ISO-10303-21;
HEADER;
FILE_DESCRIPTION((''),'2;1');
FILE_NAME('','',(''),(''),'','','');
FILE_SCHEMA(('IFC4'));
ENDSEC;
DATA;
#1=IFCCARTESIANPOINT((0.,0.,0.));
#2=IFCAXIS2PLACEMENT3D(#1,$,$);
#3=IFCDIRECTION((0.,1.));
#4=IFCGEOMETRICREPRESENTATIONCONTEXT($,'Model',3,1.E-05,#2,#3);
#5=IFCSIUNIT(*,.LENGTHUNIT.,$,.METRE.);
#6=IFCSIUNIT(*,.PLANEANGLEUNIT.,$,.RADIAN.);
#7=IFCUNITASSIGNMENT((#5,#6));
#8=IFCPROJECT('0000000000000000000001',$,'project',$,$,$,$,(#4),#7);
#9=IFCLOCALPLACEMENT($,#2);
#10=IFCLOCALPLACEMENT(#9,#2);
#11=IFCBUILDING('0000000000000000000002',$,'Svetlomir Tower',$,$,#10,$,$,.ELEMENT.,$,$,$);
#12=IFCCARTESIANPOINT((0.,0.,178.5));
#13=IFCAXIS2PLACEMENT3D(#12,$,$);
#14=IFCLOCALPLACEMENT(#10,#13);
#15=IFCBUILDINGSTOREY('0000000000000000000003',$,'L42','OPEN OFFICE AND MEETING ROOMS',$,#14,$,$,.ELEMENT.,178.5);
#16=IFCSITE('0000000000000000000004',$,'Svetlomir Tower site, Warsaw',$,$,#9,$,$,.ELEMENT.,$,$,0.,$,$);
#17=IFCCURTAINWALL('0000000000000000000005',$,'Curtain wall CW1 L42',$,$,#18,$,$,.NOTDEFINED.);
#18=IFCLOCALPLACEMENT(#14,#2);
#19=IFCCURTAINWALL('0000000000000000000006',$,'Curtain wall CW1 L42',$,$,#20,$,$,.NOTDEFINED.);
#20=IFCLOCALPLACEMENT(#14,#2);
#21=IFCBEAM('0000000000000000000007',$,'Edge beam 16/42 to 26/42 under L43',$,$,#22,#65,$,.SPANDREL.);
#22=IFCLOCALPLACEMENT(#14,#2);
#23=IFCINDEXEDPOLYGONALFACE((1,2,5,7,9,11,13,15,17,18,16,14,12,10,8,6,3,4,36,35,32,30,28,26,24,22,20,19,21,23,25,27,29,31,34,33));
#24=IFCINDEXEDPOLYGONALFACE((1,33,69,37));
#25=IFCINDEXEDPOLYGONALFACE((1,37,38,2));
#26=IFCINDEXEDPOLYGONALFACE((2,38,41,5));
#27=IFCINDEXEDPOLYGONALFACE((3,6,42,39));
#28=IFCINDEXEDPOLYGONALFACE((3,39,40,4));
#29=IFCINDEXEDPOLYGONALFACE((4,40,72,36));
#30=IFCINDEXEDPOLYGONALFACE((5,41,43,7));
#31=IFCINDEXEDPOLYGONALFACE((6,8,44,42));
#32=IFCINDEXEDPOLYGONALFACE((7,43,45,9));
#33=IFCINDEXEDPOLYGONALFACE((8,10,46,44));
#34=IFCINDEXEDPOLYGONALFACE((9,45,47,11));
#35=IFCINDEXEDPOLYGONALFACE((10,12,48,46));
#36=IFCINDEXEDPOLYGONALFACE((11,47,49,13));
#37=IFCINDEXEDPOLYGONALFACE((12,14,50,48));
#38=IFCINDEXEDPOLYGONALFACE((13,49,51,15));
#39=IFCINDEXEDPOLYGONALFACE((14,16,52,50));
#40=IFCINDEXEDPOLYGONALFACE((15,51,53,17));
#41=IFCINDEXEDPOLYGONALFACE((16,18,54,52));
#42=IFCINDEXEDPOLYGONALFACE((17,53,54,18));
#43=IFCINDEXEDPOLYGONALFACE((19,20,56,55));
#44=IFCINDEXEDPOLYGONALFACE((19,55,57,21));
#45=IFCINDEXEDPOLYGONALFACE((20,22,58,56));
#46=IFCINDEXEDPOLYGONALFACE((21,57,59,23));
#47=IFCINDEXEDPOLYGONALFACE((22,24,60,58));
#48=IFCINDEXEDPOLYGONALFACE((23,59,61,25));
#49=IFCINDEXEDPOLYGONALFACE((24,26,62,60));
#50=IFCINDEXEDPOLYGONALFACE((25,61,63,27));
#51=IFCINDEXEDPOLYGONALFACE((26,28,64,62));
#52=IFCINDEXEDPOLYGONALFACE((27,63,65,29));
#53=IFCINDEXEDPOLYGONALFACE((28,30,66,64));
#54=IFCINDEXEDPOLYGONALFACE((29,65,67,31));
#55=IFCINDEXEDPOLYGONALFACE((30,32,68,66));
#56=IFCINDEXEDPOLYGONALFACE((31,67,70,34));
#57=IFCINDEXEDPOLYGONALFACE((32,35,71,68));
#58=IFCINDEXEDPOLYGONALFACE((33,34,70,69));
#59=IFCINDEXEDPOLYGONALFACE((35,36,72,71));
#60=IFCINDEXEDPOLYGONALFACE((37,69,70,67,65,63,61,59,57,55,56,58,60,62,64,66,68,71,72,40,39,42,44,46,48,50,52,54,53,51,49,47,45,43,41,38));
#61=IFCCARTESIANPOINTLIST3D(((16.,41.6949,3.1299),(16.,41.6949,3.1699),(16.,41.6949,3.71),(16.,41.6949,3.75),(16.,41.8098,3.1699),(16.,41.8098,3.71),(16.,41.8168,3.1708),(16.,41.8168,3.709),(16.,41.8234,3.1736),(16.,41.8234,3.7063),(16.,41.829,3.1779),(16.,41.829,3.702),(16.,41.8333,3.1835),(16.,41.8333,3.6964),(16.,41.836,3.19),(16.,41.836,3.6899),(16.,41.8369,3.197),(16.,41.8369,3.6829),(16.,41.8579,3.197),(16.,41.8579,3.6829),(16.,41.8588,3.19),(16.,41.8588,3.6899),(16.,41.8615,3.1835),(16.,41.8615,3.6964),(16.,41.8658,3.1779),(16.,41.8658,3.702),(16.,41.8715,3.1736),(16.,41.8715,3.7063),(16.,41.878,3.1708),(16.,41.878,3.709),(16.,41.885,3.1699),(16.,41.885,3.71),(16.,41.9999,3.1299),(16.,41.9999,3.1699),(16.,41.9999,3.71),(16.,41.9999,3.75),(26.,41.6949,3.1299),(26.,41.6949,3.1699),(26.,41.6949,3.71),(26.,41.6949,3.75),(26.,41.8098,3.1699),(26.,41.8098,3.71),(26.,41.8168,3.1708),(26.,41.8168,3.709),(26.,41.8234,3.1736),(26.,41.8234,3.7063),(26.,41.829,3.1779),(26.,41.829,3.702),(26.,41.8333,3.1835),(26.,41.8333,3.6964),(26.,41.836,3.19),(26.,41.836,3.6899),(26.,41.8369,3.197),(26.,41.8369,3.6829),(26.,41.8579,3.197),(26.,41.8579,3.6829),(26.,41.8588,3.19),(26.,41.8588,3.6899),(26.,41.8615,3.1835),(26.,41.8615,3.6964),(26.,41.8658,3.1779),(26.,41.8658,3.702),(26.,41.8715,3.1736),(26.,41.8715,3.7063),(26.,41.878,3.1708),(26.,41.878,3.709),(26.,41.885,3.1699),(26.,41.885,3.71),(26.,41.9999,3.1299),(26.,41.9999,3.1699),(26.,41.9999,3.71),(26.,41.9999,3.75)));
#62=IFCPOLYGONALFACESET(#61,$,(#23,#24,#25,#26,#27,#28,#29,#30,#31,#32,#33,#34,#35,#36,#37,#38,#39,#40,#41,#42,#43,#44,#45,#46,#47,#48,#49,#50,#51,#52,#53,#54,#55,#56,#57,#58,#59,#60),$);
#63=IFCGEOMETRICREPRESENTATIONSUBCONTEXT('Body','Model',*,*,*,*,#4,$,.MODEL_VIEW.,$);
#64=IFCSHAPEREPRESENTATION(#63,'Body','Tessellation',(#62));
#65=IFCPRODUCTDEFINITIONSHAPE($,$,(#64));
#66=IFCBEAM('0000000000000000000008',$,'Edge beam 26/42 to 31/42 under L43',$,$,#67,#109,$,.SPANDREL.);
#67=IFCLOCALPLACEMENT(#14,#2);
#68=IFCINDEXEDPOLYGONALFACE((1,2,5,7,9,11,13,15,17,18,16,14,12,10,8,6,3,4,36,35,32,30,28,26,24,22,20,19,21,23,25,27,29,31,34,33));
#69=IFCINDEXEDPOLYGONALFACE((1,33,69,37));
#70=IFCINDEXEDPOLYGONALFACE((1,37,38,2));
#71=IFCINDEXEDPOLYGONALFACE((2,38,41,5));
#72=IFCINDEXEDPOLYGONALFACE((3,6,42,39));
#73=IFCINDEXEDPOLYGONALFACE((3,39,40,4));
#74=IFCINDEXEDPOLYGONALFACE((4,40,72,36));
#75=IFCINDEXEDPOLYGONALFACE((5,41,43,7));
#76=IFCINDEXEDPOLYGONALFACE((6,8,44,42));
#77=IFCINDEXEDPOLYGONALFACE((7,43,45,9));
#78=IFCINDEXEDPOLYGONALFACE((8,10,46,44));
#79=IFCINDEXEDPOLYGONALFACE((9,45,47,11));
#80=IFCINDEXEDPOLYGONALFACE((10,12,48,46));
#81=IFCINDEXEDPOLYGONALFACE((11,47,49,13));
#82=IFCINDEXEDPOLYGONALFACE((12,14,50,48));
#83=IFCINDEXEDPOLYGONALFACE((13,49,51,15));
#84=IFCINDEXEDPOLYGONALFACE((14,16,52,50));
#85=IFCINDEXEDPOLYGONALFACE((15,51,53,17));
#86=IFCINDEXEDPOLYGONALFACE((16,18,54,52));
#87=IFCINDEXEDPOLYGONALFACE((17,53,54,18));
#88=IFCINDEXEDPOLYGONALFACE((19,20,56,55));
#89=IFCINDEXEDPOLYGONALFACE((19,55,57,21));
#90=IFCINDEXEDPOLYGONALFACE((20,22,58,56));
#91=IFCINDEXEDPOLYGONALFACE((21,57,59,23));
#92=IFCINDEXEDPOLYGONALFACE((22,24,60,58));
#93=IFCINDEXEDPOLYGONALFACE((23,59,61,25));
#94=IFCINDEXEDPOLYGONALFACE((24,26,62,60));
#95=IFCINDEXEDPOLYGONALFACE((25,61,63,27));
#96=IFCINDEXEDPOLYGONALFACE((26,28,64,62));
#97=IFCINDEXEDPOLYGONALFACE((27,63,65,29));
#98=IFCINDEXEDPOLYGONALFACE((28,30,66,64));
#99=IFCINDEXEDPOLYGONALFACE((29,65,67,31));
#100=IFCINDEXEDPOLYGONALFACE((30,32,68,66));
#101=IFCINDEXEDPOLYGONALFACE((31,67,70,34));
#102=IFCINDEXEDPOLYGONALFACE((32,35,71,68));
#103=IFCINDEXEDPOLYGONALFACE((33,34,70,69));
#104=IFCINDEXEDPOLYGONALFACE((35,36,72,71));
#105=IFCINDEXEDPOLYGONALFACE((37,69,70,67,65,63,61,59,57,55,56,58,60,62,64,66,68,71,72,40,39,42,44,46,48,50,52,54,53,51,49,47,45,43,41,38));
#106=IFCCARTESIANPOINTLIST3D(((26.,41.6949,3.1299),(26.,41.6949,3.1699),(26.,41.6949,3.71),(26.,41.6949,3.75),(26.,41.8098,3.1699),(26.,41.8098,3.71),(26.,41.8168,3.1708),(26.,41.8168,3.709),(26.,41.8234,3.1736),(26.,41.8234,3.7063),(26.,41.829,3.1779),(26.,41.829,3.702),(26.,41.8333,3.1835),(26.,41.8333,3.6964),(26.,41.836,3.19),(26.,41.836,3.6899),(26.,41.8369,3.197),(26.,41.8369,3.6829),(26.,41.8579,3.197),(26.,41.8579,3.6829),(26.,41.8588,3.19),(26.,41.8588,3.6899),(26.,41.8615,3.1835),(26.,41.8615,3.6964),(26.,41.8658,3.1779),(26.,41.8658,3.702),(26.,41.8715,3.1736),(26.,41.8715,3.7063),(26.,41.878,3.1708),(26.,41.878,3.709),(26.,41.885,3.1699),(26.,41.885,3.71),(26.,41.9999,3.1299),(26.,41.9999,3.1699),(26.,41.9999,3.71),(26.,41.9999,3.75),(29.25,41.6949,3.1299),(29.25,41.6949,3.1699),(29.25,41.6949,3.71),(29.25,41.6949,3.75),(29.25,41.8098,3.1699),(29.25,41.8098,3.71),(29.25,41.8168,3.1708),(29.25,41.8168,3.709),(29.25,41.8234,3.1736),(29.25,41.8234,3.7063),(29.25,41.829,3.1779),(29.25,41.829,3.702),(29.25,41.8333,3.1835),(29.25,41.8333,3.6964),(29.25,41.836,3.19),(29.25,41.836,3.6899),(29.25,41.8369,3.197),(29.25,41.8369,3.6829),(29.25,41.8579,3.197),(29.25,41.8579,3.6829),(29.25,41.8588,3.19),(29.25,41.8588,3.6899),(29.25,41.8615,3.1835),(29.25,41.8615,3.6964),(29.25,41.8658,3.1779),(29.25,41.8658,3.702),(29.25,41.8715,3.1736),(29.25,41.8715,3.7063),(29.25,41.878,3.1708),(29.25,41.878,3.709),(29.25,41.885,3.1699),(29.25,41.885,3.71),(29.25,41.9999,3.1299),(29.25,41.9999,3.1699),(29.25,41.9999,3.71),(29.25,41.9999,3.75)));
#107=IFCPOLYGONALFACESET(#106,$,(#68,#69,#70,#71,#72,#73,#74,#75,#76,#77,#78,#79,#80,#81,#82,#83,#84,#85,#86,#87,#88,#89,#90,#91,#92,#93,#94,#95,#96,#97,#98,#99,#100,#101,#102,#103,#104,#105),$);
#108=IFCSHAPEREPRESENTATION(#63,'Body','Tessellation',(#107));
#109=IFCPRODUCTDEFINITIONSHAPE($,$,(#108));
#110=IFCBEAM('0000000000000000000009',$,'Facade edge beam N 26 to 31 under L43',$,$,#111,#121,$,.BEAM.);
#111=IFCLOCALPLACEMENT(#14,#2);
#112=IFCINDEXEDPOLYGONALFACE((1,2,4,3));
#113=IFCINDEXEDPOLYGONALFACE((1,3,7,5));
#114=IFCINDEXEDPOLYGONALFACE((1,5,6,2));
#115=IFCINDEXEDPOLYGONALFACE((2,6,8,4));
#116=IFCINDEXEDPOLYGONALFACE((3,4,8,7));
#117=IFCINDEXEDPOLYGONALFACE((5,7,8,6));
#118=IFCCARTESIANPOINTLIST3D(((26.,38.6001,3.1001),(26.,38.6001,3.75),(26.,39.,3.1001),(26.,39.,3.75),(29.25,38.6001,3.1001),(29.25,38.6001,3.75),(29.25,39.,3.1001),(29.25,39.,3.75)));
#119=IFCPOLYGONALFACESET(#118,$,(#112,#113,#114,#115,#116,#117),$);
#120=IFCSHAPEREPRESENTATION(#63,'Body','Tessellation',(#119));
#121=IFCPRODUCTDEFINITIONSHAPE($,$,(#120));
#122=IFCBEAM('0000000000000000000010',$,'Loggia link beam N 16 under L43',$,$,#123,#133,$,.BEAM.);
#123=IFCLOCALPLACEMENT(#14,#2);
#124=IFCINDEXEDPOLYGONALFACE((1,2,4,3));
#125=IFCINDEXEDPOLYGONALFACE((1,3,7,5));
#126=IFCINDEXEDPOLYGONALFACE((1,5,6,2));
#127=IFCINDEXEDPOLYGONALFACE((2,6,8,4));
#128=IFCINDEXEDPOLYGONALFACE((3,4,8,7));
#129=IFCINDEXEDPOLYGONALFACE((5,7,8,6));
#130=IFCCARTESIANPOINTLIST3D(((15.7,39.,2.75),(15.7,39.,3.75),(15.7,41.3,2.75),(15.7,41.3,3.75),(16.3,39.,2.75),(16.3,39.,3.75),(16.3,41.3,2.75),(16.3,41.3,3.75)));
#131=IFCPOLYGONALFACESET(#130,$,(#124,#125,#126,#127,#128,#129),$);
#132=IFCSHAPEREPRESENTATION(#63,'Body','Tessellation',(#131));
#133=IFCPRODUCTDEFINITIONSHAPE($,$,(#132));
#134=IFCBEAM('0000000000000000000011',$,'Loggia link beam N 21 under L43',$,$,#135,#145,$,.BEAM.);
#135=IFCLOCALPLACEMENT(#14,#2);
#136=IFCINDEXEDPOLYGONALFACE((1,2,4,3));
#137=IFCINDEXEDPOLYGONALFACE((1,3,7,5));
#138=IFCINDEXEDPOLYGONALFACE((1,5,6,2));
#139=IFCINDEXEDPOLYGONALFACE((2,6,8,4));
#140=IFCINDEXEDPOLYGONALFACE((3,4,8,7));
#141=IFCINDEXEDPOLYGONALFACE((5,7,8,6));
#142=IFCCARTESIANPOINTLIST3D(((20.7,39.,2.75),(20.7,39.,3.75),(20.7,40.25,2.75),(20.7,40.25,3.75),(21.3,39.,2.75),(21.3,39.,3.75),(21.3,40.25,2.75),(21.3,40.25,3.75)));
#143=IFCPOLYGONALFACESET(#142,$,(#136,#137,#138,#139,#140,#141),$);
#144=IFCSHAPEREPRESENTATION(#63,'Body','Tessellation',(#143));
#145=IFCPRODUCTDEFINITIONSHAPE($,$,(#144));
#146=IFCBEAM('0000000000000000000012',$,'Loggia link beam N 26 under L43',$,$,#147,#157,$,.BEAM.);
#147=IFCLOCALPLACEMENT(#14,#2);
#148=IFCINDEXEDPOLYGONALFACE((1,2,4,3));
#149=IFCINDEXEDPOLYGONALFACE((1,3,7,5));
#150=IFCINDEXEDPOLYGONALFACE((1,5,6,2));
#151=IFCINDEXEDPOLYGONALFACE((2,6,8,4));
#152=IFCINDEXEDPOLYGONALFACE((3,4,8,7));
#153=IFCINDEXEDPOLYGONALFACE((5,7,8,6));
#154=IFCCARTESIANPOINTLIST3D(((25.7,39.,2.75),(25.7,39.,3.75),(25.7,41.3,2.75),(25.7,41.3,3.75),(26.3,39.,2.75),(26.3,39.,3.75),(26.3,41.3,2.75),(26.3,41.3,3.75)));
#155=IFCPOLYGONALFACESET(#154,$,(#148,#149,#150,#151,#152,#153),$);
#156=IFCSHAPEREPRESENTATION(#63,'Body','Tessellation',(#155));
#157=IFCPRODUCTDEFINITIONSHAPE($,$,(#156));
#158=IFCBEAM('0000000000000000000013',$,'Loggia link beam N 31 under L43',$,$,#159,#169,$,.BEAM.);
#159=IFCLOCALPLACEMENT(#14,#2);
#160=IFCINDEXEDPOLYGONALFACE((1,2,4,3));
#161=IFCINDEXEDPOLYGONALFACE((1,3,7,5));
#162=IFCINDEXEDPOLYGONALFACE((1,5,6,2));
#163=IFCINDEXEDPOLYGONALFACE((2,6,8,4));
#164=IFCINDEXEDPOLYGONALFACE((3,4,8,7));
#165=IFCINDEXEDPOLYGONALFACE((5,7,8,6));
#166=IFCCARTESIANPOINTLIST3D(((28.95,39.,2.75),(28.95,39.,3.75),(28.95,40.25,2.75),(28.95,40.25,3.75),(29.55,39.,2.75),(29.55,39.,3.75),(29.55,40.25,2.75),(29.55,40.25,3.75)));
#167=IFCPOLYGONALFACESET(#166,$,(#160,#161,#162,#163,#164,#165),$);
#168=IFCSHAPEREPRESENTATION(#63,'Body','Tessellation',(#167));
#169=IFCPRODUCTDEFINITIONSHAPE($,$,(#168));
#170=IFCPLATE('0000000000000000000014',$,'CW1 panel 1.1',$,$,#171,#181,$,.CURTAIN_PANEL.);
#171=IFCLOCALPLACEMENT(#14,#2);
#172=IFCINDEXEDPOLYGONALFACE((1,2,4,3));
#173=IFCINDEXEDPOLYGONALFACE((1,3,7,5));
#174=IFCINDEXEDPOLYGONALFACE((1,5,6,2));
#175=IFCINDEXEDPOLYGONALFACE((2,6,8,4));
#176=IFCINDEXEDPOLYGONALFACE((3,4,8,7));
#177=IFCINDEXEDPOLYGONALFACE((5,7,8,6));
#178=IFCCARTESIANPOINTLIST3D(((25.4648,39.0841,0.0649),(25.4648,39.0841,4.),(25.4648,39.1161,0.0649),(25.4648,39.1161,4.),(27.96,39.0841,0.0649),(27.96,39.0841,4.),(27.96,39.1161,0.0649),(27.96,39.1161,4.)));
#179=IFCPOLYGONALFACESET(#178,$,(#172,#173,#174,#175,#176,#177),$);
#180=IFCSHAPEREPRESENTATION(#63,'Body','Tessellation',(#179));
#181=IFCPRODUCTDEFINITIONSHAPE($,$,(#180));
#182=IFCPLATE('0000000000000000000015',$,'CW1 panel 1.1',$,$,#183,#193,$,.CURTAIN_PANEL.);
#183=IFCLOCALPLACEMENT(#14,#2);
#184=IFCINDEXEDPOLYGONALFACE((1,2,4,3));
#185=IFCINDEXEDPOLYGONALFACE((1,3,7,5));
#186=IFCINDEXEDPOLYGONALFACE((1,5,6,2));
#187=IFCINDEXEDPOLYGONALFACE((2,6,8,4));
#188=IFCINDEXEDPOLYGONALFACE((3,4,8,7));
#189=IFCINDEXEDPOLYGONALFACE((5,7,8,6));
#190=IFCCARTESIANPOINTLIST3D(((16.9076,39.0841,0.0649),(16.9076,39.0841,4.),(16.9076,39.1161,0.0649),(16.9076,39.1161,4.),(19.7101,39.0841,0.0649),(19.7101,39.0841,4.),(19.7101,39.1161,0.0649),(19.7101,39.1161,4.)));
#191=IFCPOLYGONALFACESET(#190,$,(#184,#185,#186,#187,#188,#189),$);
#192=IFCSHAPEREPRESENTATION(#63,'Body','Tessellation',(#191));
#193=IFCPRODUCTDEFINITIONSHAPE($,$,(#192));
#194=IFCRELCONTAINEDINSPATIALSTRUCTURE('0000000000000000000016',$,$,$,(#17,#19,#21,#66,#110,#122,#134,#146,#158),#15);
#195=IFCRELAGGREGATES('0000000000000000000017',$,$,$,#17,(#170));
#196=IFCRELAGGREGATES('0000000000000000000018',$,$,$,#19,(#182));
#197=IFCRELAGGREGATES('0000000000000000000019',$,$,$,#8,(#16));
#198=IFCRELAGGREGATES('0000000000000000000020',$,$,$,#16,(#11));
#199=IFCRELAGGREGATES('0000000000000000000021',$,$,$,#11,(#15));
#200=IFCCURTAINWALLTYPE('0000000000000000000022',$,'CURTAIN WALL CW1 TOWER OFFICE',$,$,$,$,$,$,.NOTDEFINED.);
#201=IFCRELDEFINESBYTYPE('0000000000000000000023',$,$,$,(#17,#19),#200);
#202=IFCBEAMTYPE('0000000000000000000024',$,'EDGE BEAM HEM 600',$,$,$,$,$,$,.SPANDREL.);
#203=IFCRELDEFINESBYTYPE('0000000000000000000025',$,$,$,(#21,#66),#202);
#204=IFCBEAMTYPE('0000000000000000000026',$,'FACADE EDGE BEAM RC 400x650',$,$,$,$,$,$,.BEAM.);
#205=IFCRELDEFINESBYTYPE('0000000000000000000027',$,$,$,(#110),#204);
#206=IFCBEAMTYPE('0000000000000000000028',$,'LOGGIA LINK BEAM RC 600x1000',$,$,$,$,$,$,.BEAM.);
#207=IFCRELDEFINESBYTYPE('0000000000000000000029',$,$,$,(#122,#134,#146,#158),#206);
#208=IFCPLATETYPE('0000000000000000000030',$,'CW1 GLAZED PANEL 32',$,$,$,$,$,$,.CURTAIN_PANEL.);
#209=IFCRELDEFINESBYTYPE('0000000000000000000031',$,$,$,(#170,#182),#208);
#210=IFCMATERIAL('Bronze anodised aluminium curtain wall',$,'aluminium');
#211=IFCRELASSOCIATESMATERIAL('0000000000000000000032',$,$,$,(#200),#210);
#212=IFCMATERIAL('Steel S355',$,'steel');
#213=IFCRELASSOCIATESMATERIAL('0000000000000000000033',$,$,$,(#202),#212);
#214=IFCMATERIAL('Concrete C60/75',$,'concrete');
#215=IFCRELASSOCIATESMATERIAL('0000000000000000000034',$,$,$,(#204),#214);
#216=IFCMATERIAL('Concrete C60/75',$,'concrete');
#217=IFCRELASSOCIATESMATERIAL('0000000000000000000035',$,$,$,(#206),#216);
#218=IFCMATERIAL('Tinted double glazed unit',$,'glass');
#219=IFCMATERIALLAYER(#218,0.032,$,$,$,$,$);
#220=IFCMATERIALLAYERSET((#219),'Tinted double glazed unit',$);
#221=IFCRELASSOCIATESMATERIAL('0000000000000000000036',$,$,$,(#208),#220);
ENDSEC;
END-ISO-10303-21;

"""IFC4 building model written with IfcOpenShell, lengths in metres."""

from ifc_helpers import new_model, si_unit, direction, frame, origin, origin_2d, place, context, subcontext, project, spatial, rectangle, i_section, extrude, material, layer, layer_set, material_profile, profile_set, type_object, element, aggregate, save


model = new_model("IFC4")

# Units and contexts
model_context = context("Model", 3, precision=1e-05, world=origin(), true_north=direction((0.0, 1.0)))
body_context = subcontext(model_context, "Body", "Model", "MODEL_VIEW")
ifc_project = project(units=[si_unit("LENGTHUNIT", "METRE"), si_unit("PLANEANGLEUNIT", "RADIAN")], contexts=[model_context])

# Site, building, storey
site_placement = place(None, origin())
site = spatial("IfcSite", under=ifc_project, at=site_placement, Name="Svetlomir Tower site, Warsaw", CompositionType="ELEMENT", RefElevation=0.0)
building_placement = place(site_placement, origin())
building = spatial("IfcBuilding", under=site, at=building_placement, Name="Svetlomir Tower", CompositionType="ELEMENT")
storey_placement = place(building_placement, frame((0.0, 0.0, 178.5)))
storey = spatial("IfcBuildingStorey", under=building, at=storey_placement, Name="L42", Description="OPEN OFFICE AND MEETING ROOMS", CompositionType="ELEMENT", Elevation=178.5)

# Curtain walls
ifc_material_1 = material(Name="Bronze anodised aluminium curtain wall", Category="aluminium")
curtain_wall_type = type_object("IfcCurtainWallType", Name="CURTAIN WALL CW1 TOWER OFFICE", PredefinedType="NOTDEFINED", material=ifc_material_1)
curtain_wall_1_placement = place(storey_placement, origin())
curtain_wall_1 = element("IfcCurtainWall", 1, at=curtain_wall_1_placement, inside=storey, type_object=curtain_wall_type, Name="Curtain wall CW1 L42", PredefinedType="NOTDEFINED")
curtain_wall_2_placement = place(storey_placement, origin())
curtain_wall_2 = element("IfcCurtainWall", 2, at=curtain_wall_2_placement, inside=storey, type_object=curtain_wall_type, Name="Curtain wall CW1 L42", PredefinedType="NOTDEFINED")

# Beams
ifc_material_2 = material(Name="Steel S355", Category="steel")
ifc_material_profile_1 = material_profile(ifc_material_2, i_section(OverallWidth=0.3049, OverallDepth=0.6201, WebThickness=0.021, FlangeThickness=0.04, FilletRadius=0.0271, at=origin_2d()), Name="HEM 600")
ifc_profile_set_1 = profile_set([ifc_material_profile_1], Name="Steel S355")
beam_type_1 = type_object("IfcBeamType", Name="EDGE BEAM HEM 600", PredefinedType="SPANDREL", material=ifc_profile_set_1)
beam_1_placement = place(storey_placement, frame((16.0, 41.8474, 3.4399), z_axis=(1.0, 0.0, 0.0), x_axis=(0.0, 1.0, 0.0)))
element("IfcBeam", 3, at=beam_1_placement, inside=storey, type_object=beam_type_1, Name="Edge beam 16/42 to 26/42 under L43", PredefinedType="SPANDREL", context=body_context, shape_type="SweptSolid", body=[
    extrude(i_section(OverallWidth=0.3049, OverallDepth=0.6201, WebThickness=0.021, FlangeThickness=0.04, FilletRadius=0.0271, at=origin_2d()), origin(), (0.0, 0.0, 1.0), 10.0),
])
beam_2_placement = place(storey_placement, frame((26.0, 41.8474, 3.4399), z_axis=(1.0, 0.0, 0.0), x_axis=(0.0, 1.0, 0.0)))
element("IfcBeam", 4, at=beam_2_placement, inside=storey, type_object=beam_type_1, Name="Edge beam 26/42 to 31/42 under L43", PredefinedType="SPANDREL", context=body_context, shape_type="SweptSolid", body=[
    extrude(i_section(OverallWidth=0.3049, OverallDepth=0.6201, WebThickness=0.021, FlangeThickness=0.04, FilletRadius=0.0271, at=origin_2d()), origin(), (0.0, 0.0, 1.0), 3.25),
])
ifc_material_3 = material(Name="Concrete C60/75", Category="concrete")
ifc_material_profile_2 = material_profile(ifc_material_3, rectangle(XDim=0.3999, YDim=0.6499, at=origin_2d()), Name="RC 400x650")
ifc_profile_set_2 = profile_set([ifc_material_profile_2], Name="Concrete C60/75")
beam_type_2 = type_object("IfcBeamType", Name="FACADE EDGE BEAM RC 400x650", PredefinedType="BEAM", material=ifc_profile_set_2)
beam_3_placement = place(storey_placement, frame((26.0, 38.8, 3.425), z_axis=(1.0, 0.0, 0.0), x_axis=(0.0, 1.0, 0.0)))
element("IfcBeam", 5, at=beam_3_placement, inside=storey, type_object=beam_type_2, Name="Facade edge beam N 26 to 31 under L43", PredefinedType="BEAM", context=body_context, shape_type="SweptSolid", body=[
    extrude(rectangle(XDim=0.3999, YDim=0.6499, at=origin_2d()), origin(), (0.0, 0.0, 1.0), 3.25),
])
ifc_material_4 = material(Name="Concrete C60/75", Category="concrete")
ifc_material_profile_3 = material_profile(ifc_material_4, rectangle(XDim=0.6001, YDim=1.0, at=origin_2d()), Name="RC 600x1000")
ifc_profile_set_3 = profile_set([ifc_material_profile_3], Name="Concrete C60/75")
beam_type_3 = type_object("IfcBeamType", Name="LOGGIA LINK BEAM RC 600x1000", PredefinedType="BEAM", material=ifc_profile_set_3)
beam_4_placement = place(storey_placement, frame((16.0, 41.3, 3.25), z_axis=(0.0, -1.0, 0.0), x_axis=(1.0, 0.0, 0.0)))
element("IfcBeam", 6, at=beam_4_placement, inside=storey, type_object=beam_type_3, Name="Loggia link beam N 16 under L43", PredefinedType="BEAM", context=body_context, shape_type="SweptSolid", body=[
    extrude(rectangle(XDim=0.6001, YDim=1.0, at=origin_2d()), origin(), (0.0, 0.0, 1.0), 2.3),
])
beam_5_placement = place(storey_placement, frame((21.0, 40.25, 3.25), z_axis=(0.0, -1.0, 0.0), x_axis=(1.0, 0.0, 0.0)))
element("IfcBeam", 7, at=beam_5_placement, inside=storey, type_object=beam_type_3, Name="Loggia link beam N 21 under L43", PredefinedType="BEAM", context=body_context, shape_type="SweptSolid", body=[
    extrude(rectangle(XDim=0.6001, YDim=1.0, at=origin_2d()), origin(), (0.0, 0.0, 1.0), 1.25),
])
beam_6_placement = place(storey_placement, frame((26.0, 41.3, 3.25), z_axis=(0.0, -1.0, 0.0), x_axis=(1.0, 0.0, 0.0)))
element("IfcBeam", 8, at=beam_6_placement, inside=storey, type_object=beam_type_3, Name="Loggia link beam N 26 under L43", PredefinedType="BEAM", context=body_context, shape_type="SweptSolid", body=[
    extrude(rectangle(XDim=0.6001, YDim=1.0, at=origin_2d()), origin(), (0.0, 0.0, 1.0), 2.3),
])
beam_7_placement = place(storey_placement, frame((29.25, 40.25, 3.25), z_axis=(0.0, -1.0, 0.0), x_axis=(1.0, 0.0, 0.0)))
element("IfcBeam", 9, at=beam_7_placement, inside=storey, type_object=beam_type_3, Name="Loggia link beam N 31 under L43", PredefinedType="BEAM", context=body_context, shape_type="SweptSolid", body=[
    extrude(rectangle(XDim=0.6001, YDim=1.0, at=origin_2d()), origin(), (0.0, 0.0, 1.0), 1.25),
])

# Plates
ifc_material_5 = material(Name="Tinted double glazed unit", Category="glass")
ifc_layer_1 = layer(ifc_material_5, 0.032)
ifc_layer_set_1 = layer_set([ifc_layer_1], Name="Tinted double glazed unit")
plate_type = type_object("IfcPlateType", Name="CW1 GLAZED PANEL 32", PredefinedType="CURTAIN_PANEL", material=ifc_layer_set_1)
plate_1_placement = place(storey_placement, frame((26.7124, 39.1001, 0.0649), z_axis=(0.0, 0.0, 1.0), x_axis=(-1.0, 0.0, 0.0)))
plate_1 = element("IfcPlate", 10, at=plate_1_placement, type_object=plate_type, Name="CW1 panel 1.1", PredefinedType="CURTAIN_PANEL", context=body_context, shape_type="SweptSolid", body=[
    extrude(rectangle(XDim=2.4951, YDim=0.032, at=origin_2d()), origin(), (0.0, 0.0, 1.0), 3.9351),
])
aggregate(curtain_wall_1, [plate_1])
plate_2_placement = place(storey_placement, frame((18.3088, 39.1001, 0.0649), z_axis=(0.0, 0.0, 1.0), x_axis=(-1.0, 0.0, 0.0)))
plate_2 = element("IfcPlate", 11, at=plate_2_placement, type_object=plate_type, Name="CW1 panel 1.1", PredefinedType="CURTAIN_PANEL", context=body_context, shape_type="SweptSolid", body=[
    extrude(rectangle(XDim=2.8025, YDim=0.032, at=origin_2d()), origin(), (0.0, 0.0, 1.0), 3.9351),
])
aggregate(curtain_wall_2, [plate_2])

save(model, "model.ifc")
